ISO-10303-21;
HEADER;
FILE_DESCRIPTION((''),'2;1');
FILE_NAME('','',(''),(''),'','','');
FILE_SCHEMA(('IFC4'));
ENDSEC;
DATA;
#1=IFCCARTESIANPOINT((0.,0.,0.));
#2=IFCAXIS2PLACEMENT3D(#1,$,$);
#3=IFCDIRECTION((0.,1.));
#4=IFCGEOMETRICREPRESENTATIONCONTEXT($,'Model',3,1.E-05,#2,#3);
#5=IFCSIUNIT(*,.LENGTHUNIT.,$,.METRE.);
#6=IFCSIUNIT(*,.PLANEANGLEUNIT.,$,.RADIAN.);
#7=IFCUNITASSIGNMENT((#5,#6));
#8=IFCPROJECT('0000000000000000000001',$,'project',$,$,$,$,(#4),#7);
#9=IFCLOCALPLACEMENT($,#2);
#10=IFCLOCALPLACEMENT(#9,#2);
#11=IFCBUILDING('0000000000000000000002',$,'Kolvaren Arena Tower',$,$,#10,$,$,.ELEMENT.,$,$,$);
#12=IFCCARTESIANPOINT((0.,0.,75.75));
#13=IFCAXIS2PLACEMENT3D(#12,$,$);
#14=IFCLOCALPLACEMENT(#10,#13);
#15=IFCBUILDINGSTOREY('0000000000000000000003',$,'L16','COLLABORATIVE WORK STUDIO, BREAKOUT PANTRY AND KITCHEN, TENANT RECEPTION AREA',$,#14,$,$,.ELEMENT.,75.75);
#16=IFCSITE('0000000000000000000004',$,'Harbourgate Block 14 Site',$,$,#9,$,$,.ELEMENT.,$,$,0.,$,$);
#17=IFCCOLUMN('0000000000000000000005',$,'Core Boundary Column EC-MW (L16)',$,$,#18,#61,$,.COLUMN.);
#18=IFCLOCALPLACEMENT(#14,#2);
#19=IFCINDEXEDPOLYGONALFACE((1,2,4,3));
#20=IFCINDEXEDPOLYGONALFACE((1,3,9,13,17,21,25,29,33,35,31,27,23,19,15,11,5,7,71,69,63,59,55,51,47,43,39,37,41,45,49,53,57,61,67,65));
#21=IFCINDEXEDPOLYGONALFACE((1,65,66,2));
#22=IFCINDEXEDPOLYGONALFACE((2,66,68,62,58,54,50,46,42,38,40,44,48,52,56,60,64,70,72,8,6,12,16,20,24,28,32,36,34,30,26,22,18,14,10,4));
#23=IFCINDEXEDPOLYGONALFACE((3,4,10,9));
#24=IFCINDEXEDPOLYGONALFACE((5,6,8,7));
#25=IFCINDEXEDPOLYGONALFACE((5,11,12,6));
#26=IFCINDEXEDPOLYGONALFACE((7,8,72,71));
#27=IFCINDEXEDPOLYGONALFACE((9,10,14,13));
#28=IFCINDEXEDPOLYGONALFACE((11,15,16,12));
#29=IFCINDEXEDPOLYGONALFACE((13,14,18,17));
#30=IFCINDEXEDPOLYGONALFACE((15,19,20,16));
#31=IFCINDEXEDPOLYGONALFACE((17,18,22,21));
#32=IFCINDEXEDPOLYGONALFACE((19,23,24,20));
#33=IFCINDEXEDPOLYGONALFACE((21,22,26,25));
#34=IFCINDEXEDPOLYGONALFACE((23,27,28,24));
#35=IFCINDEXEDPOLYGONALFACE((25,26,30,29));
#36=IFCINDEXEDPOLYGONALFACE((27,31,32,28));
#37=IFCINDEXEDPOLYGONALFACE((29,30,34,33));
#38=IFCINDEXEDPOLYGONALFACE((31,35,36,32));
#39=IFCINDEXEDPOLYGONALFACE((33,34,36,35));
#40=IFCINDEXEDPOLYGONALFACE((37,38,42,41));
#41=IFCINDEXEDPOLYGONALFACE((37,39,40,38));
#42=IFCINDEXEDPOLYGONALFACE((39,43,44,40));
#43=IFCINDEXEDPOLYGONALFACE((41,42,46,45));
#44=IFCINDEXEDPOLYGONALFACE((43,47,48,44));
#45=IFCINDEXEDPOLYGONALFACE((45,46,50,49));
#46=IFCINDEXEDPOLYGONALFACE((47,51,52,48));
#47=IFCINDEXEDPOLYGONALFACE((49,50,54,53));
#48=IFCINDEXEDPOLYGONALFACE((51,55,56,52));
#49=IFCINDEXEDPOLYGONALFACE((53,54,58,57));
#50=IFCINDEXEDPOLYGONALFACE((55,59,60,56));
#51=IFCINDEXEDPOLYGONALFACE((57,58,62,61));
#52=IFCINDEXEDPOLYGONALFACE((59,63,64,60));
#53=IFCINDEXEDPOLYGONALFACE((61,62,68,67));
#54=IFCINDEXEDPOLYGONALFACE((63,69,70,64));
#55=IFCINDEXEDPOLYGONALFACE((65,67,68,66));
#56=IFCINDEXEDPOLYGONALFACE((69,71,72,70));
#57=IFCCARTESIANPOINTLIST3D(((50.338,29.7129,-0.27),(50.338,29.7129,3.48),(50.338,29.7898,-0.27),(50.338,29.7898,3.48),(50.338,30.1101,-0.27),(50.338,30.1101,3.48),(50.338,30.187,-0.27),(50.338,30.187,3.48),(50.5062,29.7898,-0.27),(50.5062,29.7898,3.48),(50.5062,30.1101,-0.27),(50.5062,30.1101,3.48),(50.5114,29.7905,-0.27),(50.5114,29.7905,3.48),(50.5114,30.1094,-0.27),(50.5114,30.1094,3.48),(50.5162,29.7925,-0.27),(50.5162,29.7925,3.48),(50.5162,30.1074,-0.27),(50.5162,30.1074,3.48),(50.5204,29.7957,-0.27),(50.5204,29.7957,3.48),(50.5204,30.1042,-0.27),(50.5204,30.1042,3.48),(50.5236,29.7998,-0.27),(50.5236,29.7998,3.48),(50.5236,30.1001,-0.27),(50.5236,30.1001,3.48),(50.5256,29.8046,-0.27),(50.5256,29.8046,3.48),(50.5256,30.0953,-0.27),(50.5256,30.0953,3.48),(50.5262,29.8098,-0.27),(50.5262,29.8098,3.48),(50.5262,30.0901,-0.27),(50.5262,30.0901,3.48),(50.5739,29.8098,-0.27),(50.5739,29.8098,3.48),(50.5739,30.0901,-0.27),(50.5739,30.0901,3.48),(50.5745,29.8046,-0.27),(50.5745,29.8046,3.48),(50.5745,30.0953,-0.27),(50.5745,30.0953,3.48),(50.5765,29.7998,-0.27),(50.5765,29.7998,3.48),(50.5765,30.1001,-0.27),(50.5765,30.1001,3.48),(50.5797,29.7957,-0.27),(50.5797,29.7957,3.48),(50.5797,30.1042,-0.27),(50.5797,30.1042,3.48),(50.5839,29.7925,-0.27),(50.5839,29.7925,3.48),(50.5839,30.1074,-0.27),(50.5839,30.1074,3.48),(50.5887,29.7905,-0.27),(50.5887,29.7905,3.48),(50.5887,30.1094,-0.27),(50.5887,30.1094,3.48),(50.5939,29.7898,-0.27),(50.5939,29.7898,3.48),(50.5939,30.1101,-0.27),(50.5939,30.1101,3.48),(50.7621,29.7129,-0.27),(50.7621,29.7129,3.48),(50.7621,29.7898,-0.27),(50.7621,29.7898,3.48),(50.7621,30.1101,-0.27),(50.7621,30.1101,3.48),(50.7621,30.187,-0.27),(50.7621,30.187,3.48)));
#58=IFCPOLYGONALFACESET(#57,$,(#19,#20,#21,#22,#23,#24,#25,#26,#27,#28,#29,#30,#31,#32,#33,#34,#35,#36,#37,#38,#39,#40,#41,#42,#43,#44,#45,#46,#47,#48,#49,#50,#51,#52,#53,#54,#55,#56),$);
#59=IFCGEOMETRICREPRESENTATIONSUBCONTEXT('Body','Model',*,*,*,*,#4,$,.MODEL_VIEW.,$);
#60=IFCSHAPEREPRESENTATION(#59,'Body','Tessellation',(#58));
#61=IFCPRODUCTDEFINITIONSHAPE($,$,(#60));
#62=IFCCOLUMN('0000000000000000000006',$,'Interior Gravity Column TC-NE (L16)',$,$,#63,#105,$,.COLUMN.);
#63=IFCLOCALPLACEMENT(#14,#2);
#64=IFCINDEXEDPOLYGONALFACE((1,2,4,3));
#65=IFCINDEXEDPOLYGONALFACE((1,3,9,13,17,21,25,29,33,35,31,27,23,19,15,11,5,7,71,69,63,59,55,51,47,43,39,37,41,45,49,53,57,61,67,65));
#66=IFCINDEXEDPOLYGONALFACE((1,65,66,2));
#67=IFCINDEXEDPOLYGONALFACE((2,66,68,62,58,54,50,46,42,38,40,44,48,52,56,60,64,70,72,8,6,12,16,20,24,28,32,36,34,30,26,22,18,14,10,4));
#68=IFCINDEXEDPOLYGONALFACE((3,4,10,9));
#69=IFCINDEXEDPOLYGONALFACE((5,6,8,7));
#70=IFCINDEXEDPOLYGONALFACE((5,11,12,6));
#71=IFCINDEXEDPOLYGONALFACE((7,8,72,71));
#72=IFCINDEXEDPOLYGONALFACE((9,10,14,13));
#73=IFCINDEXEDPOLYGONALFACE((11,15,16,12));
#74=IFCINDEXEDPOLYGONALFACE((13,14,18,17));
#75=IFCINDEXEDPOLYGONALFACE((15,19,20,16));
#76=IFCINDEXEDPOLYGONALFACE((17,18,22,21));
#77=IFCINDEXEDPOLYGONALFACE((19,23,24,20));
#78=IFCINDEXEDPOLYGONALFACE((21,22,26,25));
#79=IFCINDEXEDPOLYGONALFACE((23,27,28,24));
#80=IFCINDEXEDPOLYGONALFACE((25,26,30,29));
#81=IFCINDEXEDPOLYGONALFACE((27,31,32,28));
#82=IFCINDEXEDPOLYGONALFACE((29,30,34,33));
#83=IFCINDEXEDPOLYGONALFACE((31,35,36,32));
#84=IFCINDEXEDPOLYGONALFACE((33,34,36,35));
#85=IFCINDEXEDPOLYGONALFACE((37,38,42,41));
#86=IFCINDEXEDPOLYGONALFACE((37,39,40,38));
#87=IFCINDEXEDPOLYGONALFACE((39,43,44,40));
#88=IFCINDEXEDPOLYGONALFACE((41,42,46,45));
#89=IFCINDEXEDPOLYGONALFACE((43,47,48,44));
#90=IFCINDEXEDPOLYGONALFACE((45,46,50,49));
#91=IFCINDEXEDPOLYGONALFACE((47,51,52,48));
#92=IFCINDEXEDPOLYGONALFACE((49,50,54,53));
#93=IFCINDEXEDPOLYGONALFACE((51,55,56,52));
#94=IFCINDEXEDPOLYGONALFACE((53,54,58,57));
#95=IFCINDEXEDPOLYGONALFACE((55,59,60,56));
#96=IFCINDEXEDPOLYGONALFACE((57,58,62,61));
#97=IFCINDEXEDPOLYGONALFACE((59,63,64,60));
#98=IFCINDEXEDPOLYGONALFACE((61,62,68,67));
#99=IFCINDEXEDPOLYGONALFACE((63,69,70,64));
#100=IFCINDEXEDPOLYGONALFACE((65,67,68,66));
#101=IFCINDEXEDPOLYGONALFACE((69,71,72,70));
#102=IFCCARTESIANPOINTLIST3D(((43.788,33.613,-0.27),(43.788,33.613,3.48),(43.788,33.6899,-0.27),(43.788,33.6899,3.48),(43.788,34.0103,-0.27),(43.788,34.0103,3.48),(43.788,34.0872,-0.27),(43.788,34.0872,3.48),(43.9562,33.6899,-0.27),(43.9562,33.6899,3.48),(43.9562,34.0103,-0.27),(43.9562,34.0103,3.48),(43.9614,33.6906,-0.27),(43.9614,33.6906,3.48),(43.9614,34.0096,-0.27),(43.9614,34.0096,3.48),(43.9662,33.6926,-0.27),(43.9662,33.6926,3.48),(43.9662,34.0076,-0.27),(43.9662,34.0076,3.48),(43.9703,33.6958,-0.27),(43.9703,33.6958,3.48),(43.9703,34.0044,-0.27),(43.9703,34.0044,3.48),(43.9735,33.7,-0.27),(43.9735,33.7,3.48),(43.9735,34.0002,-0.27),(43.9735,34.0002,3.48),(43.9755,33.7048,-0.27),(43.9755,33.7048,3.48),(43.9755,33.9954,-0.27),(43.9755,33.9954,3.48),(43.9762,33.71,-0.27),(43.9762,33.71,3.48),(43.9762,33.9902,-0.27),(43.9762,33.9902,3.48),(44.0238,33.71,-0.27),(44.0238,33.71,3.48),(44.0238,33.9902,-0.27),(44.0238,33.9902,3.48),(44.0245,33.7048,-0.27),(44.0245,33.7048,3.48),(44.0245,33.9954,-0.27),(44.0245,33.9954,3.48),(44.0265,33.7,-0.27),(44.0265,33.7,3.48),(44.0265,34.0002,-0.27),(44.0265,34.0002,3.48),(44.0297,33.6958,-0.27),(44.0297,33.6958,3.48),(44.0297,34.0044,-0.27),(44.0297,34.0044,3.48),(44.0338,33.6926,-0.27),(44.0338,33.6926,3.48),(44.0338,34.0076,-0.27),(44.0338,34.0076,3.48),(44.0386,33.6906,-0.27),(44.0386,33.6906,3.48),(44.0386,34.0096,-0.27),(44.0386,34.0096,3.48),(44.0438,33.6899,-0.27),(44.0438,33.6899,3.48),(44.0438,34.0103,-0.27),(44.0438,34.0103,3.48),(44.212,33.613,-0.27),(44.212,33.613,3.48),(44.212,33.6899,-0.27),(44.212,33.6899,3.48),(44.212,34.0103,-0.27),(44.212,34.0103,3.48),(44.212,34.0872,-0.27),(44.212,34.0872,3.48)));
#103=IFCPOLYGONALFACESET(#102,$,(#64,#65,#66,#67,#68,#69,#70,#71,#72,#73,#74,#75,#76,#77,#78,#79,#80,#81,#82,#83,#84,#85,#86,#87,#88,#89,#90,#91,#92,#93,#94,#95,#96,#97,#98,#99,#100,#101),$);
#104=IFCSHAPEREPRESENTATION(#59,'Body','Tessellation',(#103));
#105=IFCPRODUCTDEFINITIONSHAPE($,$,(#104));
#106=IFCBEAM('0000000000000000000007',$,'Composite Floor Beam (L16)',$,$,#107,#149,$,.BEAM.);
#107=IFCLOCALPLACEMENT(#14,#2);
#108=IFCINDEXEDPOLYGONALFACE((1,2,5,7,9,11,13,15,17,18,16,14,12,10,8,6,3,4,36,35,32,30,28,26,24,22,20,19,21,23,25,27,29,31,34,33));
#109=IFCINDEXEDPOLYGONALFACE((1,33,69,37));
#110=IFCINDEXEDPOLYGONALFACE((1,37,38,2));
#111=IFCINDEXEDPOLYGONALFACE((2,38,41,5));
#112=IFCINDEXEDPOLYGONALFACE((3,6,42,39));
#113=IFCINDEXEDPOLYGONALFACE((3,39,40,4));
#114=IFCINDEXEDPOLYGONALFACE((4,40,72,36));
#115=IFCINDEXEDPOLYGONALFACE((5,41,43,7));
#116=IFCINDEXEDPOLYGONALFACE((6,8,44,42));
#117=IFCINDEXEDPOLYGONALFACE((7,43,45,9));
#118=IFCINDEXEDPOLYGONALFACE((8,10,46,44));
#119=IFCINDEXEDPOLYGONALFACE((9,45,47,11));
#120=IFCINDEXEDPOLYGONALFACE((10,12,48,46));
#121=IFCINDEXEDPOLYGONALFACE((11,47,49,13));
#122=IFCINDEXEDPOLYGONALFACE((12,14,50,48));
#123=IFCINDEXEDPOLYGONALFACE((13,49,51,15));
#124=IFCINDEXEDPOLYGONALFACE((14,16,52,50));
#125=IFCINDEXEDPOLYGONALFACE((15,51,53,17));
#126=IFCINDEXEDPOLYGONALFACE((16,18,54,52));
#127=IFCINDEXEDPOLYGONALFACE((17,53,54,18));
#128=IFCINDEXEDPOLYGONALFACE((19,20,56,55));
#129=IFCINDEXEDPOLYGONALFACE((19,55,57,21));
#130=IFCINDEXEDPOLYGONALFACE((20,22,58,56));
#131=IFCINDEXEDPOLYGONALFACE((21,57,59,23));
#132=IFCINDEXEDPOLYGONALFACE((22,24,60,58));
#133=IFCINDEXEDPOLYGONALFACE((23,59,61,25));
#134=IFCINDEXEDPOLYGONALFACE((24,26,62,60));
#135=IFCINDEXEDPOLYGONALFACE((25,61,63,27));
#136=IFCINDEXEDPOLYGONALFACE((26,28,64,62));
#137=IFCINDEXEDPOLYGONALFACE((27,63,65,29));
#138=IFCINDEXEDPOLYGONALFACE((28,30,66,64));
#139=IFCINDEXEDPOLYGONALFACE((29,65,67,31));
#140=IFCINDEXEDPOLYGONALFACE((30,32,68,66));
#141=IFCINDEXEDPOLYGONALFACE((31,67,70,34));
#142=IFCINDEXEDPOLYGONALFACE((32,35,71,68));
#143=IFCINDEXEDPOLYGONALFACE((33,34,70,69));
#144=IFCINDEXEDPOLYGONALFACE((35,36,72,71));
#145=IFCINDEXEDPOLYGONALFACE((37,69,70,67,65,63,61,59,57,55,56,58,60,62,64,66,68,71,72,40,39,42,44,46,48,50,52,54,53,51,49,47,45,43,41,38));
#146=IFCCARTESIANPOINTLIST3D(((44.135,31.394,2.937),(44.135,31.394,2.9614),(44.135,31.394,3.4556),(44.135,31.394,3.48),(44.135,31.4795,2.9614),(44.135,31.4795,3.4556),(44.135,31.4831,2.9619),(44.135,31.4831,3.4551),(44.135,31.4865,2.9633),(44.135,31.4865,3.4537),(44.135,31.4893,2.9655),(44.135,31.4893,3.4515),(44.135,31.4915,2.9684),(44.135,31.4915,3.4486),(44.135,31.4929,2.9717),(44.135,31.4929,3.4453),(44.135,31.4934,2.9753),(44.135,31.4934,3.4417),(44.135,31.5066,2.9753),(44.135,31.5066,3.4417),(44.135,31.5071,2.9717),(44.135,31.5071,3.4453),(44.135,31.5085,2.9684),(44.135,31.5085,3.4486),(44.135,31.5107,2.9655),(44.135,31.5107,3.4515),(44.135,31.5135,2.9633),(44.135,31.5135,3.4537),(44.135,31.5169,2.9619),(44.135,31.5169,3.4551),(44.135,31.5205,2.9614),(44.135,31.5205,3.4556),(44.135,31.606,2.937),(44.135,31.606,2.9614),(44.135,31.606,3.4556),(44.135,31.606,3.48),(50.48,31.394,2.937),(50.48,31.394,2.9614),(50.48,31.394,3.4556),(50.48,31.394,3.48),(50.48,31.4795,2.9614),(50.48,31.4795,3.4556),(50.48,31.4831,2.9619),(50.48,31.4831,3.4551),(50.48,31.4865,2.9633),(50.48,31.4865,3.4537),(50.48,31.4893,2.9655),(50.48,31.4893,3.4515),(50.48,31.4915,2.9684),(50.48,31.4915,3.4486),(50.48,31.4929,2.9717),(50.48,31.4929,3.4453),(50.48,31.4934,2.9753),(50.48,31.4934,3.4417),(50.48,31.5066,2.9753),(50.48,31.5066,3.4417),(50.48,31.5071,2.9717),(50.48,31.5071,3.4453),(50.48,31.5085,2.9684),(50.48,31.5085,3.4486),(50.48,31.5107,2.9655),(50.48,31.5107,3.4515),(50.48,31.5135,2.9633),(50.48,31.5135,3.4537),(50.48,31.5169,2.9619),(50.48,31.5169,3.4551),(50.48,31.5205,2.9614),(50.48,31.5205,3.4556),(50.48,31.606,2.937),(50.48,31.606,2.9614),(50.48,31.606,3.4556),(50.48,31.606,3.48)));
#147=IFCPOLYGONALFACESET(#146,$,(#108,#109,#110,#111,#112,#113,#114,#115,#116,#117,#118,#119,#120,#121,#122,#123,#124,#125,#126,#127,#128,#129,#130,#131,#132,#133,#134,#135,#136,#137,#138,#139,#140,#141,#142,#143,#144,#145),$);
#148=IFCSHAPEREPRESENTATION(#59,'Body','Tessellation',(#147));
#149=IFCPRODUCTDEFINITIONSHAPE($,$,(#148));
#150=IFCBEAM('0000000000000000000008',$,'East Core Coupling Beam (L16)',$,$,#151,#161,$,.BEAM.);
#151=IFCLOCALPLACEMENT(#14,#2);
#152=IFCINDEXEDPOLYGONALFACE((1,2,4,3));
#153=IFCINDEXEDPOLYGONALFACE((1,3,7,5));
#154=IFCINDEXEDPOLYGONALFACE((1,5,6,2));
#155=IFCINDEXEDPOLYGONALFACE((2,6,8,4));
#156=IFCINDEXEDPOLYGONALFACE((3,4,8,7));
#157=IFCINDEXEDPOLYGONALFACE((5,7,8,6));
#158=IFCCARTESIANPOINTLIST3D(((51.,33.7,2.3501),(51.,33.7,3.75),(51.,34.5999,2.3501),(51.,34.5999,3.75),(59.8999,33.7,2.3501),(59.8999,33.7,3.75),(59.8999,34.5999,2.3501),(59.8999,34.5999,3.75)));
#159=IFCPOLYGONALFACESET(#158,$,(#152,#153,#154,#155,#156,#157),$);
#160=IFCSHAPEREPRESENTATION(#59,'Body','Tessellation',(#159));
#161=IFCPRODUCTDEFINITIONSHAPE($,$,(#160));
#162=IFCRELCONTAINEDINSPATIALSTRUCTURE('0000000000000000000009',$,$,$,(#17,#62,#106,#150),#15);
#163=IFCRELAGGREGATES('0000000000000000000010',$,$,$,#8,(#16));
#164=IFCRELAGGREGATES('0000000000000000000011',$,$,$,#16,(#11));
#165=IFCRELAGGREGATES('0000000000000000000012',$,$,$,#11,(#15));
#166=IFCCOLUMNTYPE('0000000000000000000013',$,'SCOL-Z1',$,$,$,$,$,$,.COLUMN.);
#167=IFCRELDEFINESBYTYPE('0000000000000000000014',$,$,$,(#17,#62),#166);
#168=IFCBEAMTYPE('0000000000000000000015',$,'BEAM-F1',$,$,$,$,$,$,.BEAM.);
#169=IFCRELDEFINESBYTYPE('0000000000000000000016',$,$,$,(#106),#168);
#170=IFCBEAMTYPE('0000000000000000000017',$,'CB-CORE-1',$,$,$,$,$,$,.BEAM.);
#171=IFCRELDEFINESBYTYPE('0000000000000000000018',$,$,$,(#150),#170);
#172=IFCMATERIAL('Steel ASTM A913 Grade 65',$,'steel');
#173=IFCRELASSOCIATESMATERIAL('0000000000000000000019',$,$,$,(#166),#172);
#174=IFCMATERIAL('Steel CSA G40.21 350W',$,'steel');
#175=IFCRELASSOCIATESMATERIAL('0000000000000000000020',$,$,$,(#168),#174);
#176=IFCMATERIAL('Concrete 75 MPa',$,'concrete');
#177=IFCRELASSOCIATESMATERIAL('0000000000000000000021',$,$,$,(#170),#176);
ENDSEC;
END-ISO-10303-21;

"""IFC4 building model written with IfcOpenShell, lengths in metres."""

from ifc_helpers import new_model, si_unit, direction, frame, origin, origin_2d, place, context, subcontext, project, spatial, rectangle, i_section, extrude, material, material_profile, profile_set, type_object, element, save


model = new_model("IFC4")

# Units and contexts
model_context = context("Model", 3, precision=1e-05, world=origin(), true_north=direction((0.0, 1.0)))
body_context = subcontext(model_context, "Body", "Model", "MODEL_VIEW")
ifc_project = project(units=[si_unit("LENGTHUNIT", "METRE"), si_unit("PLANEANGLEUNIT", "RADIAN")], contexts=[model_context])

# Site, building, storey
site_placement = place(None, origin())
site = spatial("IfcSite", under=ifc_project, at=site_placement, Name="Harbourgate Block 14 Site", CompositionType="ELEMENT", RefElevation=0.0)
building_placement = place(site_placement, origin())
building = spatial("IfcBuilding", under=site, at=building_placement, Name="Kolvaren Arena Tower", CompositionType="ELEMENT")
storey_placement = place(building_placement, frame((0.0, 0.0, 75.75)))
storey = spatial("IfcBuildingStorey", under=building, at=storey_placement, Name="L16", Description="COLLABORATIVE WORK STUDIO, BREAKOUT PANTRY AND KITCHEN, TENANT RECEPTION AREA", CompositionType="ELEMENT", Elevation=75.75)

# Columns
ifc_material_1 = material(Name="Steel ASTM A913 Grade 65", Category="steel")
ifc_material_profile_1 = material_profile(ifc_material_1, i_section(OverallWidth=0.4241, OverallDepth=0.4741, WebThickness=0.0476, FlangeThickness=0.0769, FilletRadius=0.02, at=origin_2d()), Name="W360x634")
ifc_profile_set_1 = profile_set([ifc_material_profile_1], Name="Steel ASTM A913 Grade 65")
column_type = type_object("IfcColumnType", Name="SCOL-Z1", PredefinedType="COLUMN", material=ifc_profile_set_1)
for number, where, z_axis, x_axis, name in (
    (1, (50.55, 29.95, -0.27), (0.0, 0.0, 1.0), (1.0, 0.0, 0.0), "Core Boundary Column EC-MW (L16)"),
    (2, (44.0, 33.8501, -0.27), (0.0, 0.0, 1.0), (1.0, 0.0, 0.0), "Interior Gravity Column TC-NE (L16)"),
):
    element("IfcColumn", number, at=place(storey_placement, frame(where, z_axis=z_axis, x_axis=x_axis)), inside=storey, type_object=column_type, Name=name, PredefinedType="COLUMN", context=body_context, shape_type="SweptSolid", body=[
        extrude(i_section(OverallWidth=0.4241, OverallDepth=0.4741, WebThickness=0.0476, FlangeThickness=0.0769, FilletRadius=0.02, at=origin_2d()), origin(), (0.0, 0.0, 1.0), 3.75),
    ])

# Beams
ifc_material_2 = material(Name="Steel CSA G40.21 350W", Category="steel")
ifc_material_profile_2 = material_profile(ifc_material_2, i_section(OverallWidth=0.2119, OverallDepth=0.543, WebThickness=0.0132, FlangeThickness=0.0244, FilletRadius=0.0139, at=origin_2d()), Name="W530x150")
ifc_profile_set_2 = profile_set([ifc_material_profile_2], Name="Steel CSA G40.21 350W")
beam_type_1 = type_object("IfcBeamType", Name="BEAM-F1", PredefinedType="BEAM", material=ifc_profile_set_2)
beam_1_placement = place(storey_placement, frame((44.135, 31.5, 3.2085), z_axis=(1.0, 0.0, 0.0), x_axis=(0.0, 1.0, 0.0)))
element("IfcBeam", 3, at=beam_1_placement, inside=storey, type_object=beam_type_1, Name="Composite Floor Beam (L16)", PredefinedType="BEAM", context=body_context, shape_type="SweptSolid", body=[
    extrude(i_section(OverallWidth=0.2119, OverallDepth=0.543, WebThickness=0.0132, FlangeThickness=0.0244, FilletRadius=0.0139, at=origin_2d()), origin(), (0.0, 0.0, 1.0), 6.345),
])
ifc_material_3 = material(Name="Concrete 75 MPa", Category="concrete")
ifc_material_profile_3 = material_profile(ifc_material_3, rectangle(XDim=0.8999, YDim=1.3999, at=origin_2d()), Name="RC-900x1400")
ifc_profile_set_3 = profile_set([ifc_material_profile_3], Name="Concrete 75 MPa")
beam_type_2 = type_object("IfcBeamType", Name="CB-CORE-1", PredefinedType="BEAM", material=ifc_profile_set_3)
beam_2_placement = place(storey_placement, frame((51.0, 34.1499, 3.05), z_axis=(1.0, 0.0, 0.0), x_axis=(0.0, 1.0, 0.0)))
element("IfcBeam", 4, at=beam_2_placement, inside=storey, type_object=beam_type_2, Name="East Core Coupling Beam (L16)", PredefinedType="BEAM", context=body_context, shape_type="SweptSolid", body=[
    extrude(rectangle(XDim=0.8999, YDim=1.3999, at=origin_2d()), origin(), (0.0, 0.0, 1.0), 8.8999),
])

save(model, "model.ifc")
